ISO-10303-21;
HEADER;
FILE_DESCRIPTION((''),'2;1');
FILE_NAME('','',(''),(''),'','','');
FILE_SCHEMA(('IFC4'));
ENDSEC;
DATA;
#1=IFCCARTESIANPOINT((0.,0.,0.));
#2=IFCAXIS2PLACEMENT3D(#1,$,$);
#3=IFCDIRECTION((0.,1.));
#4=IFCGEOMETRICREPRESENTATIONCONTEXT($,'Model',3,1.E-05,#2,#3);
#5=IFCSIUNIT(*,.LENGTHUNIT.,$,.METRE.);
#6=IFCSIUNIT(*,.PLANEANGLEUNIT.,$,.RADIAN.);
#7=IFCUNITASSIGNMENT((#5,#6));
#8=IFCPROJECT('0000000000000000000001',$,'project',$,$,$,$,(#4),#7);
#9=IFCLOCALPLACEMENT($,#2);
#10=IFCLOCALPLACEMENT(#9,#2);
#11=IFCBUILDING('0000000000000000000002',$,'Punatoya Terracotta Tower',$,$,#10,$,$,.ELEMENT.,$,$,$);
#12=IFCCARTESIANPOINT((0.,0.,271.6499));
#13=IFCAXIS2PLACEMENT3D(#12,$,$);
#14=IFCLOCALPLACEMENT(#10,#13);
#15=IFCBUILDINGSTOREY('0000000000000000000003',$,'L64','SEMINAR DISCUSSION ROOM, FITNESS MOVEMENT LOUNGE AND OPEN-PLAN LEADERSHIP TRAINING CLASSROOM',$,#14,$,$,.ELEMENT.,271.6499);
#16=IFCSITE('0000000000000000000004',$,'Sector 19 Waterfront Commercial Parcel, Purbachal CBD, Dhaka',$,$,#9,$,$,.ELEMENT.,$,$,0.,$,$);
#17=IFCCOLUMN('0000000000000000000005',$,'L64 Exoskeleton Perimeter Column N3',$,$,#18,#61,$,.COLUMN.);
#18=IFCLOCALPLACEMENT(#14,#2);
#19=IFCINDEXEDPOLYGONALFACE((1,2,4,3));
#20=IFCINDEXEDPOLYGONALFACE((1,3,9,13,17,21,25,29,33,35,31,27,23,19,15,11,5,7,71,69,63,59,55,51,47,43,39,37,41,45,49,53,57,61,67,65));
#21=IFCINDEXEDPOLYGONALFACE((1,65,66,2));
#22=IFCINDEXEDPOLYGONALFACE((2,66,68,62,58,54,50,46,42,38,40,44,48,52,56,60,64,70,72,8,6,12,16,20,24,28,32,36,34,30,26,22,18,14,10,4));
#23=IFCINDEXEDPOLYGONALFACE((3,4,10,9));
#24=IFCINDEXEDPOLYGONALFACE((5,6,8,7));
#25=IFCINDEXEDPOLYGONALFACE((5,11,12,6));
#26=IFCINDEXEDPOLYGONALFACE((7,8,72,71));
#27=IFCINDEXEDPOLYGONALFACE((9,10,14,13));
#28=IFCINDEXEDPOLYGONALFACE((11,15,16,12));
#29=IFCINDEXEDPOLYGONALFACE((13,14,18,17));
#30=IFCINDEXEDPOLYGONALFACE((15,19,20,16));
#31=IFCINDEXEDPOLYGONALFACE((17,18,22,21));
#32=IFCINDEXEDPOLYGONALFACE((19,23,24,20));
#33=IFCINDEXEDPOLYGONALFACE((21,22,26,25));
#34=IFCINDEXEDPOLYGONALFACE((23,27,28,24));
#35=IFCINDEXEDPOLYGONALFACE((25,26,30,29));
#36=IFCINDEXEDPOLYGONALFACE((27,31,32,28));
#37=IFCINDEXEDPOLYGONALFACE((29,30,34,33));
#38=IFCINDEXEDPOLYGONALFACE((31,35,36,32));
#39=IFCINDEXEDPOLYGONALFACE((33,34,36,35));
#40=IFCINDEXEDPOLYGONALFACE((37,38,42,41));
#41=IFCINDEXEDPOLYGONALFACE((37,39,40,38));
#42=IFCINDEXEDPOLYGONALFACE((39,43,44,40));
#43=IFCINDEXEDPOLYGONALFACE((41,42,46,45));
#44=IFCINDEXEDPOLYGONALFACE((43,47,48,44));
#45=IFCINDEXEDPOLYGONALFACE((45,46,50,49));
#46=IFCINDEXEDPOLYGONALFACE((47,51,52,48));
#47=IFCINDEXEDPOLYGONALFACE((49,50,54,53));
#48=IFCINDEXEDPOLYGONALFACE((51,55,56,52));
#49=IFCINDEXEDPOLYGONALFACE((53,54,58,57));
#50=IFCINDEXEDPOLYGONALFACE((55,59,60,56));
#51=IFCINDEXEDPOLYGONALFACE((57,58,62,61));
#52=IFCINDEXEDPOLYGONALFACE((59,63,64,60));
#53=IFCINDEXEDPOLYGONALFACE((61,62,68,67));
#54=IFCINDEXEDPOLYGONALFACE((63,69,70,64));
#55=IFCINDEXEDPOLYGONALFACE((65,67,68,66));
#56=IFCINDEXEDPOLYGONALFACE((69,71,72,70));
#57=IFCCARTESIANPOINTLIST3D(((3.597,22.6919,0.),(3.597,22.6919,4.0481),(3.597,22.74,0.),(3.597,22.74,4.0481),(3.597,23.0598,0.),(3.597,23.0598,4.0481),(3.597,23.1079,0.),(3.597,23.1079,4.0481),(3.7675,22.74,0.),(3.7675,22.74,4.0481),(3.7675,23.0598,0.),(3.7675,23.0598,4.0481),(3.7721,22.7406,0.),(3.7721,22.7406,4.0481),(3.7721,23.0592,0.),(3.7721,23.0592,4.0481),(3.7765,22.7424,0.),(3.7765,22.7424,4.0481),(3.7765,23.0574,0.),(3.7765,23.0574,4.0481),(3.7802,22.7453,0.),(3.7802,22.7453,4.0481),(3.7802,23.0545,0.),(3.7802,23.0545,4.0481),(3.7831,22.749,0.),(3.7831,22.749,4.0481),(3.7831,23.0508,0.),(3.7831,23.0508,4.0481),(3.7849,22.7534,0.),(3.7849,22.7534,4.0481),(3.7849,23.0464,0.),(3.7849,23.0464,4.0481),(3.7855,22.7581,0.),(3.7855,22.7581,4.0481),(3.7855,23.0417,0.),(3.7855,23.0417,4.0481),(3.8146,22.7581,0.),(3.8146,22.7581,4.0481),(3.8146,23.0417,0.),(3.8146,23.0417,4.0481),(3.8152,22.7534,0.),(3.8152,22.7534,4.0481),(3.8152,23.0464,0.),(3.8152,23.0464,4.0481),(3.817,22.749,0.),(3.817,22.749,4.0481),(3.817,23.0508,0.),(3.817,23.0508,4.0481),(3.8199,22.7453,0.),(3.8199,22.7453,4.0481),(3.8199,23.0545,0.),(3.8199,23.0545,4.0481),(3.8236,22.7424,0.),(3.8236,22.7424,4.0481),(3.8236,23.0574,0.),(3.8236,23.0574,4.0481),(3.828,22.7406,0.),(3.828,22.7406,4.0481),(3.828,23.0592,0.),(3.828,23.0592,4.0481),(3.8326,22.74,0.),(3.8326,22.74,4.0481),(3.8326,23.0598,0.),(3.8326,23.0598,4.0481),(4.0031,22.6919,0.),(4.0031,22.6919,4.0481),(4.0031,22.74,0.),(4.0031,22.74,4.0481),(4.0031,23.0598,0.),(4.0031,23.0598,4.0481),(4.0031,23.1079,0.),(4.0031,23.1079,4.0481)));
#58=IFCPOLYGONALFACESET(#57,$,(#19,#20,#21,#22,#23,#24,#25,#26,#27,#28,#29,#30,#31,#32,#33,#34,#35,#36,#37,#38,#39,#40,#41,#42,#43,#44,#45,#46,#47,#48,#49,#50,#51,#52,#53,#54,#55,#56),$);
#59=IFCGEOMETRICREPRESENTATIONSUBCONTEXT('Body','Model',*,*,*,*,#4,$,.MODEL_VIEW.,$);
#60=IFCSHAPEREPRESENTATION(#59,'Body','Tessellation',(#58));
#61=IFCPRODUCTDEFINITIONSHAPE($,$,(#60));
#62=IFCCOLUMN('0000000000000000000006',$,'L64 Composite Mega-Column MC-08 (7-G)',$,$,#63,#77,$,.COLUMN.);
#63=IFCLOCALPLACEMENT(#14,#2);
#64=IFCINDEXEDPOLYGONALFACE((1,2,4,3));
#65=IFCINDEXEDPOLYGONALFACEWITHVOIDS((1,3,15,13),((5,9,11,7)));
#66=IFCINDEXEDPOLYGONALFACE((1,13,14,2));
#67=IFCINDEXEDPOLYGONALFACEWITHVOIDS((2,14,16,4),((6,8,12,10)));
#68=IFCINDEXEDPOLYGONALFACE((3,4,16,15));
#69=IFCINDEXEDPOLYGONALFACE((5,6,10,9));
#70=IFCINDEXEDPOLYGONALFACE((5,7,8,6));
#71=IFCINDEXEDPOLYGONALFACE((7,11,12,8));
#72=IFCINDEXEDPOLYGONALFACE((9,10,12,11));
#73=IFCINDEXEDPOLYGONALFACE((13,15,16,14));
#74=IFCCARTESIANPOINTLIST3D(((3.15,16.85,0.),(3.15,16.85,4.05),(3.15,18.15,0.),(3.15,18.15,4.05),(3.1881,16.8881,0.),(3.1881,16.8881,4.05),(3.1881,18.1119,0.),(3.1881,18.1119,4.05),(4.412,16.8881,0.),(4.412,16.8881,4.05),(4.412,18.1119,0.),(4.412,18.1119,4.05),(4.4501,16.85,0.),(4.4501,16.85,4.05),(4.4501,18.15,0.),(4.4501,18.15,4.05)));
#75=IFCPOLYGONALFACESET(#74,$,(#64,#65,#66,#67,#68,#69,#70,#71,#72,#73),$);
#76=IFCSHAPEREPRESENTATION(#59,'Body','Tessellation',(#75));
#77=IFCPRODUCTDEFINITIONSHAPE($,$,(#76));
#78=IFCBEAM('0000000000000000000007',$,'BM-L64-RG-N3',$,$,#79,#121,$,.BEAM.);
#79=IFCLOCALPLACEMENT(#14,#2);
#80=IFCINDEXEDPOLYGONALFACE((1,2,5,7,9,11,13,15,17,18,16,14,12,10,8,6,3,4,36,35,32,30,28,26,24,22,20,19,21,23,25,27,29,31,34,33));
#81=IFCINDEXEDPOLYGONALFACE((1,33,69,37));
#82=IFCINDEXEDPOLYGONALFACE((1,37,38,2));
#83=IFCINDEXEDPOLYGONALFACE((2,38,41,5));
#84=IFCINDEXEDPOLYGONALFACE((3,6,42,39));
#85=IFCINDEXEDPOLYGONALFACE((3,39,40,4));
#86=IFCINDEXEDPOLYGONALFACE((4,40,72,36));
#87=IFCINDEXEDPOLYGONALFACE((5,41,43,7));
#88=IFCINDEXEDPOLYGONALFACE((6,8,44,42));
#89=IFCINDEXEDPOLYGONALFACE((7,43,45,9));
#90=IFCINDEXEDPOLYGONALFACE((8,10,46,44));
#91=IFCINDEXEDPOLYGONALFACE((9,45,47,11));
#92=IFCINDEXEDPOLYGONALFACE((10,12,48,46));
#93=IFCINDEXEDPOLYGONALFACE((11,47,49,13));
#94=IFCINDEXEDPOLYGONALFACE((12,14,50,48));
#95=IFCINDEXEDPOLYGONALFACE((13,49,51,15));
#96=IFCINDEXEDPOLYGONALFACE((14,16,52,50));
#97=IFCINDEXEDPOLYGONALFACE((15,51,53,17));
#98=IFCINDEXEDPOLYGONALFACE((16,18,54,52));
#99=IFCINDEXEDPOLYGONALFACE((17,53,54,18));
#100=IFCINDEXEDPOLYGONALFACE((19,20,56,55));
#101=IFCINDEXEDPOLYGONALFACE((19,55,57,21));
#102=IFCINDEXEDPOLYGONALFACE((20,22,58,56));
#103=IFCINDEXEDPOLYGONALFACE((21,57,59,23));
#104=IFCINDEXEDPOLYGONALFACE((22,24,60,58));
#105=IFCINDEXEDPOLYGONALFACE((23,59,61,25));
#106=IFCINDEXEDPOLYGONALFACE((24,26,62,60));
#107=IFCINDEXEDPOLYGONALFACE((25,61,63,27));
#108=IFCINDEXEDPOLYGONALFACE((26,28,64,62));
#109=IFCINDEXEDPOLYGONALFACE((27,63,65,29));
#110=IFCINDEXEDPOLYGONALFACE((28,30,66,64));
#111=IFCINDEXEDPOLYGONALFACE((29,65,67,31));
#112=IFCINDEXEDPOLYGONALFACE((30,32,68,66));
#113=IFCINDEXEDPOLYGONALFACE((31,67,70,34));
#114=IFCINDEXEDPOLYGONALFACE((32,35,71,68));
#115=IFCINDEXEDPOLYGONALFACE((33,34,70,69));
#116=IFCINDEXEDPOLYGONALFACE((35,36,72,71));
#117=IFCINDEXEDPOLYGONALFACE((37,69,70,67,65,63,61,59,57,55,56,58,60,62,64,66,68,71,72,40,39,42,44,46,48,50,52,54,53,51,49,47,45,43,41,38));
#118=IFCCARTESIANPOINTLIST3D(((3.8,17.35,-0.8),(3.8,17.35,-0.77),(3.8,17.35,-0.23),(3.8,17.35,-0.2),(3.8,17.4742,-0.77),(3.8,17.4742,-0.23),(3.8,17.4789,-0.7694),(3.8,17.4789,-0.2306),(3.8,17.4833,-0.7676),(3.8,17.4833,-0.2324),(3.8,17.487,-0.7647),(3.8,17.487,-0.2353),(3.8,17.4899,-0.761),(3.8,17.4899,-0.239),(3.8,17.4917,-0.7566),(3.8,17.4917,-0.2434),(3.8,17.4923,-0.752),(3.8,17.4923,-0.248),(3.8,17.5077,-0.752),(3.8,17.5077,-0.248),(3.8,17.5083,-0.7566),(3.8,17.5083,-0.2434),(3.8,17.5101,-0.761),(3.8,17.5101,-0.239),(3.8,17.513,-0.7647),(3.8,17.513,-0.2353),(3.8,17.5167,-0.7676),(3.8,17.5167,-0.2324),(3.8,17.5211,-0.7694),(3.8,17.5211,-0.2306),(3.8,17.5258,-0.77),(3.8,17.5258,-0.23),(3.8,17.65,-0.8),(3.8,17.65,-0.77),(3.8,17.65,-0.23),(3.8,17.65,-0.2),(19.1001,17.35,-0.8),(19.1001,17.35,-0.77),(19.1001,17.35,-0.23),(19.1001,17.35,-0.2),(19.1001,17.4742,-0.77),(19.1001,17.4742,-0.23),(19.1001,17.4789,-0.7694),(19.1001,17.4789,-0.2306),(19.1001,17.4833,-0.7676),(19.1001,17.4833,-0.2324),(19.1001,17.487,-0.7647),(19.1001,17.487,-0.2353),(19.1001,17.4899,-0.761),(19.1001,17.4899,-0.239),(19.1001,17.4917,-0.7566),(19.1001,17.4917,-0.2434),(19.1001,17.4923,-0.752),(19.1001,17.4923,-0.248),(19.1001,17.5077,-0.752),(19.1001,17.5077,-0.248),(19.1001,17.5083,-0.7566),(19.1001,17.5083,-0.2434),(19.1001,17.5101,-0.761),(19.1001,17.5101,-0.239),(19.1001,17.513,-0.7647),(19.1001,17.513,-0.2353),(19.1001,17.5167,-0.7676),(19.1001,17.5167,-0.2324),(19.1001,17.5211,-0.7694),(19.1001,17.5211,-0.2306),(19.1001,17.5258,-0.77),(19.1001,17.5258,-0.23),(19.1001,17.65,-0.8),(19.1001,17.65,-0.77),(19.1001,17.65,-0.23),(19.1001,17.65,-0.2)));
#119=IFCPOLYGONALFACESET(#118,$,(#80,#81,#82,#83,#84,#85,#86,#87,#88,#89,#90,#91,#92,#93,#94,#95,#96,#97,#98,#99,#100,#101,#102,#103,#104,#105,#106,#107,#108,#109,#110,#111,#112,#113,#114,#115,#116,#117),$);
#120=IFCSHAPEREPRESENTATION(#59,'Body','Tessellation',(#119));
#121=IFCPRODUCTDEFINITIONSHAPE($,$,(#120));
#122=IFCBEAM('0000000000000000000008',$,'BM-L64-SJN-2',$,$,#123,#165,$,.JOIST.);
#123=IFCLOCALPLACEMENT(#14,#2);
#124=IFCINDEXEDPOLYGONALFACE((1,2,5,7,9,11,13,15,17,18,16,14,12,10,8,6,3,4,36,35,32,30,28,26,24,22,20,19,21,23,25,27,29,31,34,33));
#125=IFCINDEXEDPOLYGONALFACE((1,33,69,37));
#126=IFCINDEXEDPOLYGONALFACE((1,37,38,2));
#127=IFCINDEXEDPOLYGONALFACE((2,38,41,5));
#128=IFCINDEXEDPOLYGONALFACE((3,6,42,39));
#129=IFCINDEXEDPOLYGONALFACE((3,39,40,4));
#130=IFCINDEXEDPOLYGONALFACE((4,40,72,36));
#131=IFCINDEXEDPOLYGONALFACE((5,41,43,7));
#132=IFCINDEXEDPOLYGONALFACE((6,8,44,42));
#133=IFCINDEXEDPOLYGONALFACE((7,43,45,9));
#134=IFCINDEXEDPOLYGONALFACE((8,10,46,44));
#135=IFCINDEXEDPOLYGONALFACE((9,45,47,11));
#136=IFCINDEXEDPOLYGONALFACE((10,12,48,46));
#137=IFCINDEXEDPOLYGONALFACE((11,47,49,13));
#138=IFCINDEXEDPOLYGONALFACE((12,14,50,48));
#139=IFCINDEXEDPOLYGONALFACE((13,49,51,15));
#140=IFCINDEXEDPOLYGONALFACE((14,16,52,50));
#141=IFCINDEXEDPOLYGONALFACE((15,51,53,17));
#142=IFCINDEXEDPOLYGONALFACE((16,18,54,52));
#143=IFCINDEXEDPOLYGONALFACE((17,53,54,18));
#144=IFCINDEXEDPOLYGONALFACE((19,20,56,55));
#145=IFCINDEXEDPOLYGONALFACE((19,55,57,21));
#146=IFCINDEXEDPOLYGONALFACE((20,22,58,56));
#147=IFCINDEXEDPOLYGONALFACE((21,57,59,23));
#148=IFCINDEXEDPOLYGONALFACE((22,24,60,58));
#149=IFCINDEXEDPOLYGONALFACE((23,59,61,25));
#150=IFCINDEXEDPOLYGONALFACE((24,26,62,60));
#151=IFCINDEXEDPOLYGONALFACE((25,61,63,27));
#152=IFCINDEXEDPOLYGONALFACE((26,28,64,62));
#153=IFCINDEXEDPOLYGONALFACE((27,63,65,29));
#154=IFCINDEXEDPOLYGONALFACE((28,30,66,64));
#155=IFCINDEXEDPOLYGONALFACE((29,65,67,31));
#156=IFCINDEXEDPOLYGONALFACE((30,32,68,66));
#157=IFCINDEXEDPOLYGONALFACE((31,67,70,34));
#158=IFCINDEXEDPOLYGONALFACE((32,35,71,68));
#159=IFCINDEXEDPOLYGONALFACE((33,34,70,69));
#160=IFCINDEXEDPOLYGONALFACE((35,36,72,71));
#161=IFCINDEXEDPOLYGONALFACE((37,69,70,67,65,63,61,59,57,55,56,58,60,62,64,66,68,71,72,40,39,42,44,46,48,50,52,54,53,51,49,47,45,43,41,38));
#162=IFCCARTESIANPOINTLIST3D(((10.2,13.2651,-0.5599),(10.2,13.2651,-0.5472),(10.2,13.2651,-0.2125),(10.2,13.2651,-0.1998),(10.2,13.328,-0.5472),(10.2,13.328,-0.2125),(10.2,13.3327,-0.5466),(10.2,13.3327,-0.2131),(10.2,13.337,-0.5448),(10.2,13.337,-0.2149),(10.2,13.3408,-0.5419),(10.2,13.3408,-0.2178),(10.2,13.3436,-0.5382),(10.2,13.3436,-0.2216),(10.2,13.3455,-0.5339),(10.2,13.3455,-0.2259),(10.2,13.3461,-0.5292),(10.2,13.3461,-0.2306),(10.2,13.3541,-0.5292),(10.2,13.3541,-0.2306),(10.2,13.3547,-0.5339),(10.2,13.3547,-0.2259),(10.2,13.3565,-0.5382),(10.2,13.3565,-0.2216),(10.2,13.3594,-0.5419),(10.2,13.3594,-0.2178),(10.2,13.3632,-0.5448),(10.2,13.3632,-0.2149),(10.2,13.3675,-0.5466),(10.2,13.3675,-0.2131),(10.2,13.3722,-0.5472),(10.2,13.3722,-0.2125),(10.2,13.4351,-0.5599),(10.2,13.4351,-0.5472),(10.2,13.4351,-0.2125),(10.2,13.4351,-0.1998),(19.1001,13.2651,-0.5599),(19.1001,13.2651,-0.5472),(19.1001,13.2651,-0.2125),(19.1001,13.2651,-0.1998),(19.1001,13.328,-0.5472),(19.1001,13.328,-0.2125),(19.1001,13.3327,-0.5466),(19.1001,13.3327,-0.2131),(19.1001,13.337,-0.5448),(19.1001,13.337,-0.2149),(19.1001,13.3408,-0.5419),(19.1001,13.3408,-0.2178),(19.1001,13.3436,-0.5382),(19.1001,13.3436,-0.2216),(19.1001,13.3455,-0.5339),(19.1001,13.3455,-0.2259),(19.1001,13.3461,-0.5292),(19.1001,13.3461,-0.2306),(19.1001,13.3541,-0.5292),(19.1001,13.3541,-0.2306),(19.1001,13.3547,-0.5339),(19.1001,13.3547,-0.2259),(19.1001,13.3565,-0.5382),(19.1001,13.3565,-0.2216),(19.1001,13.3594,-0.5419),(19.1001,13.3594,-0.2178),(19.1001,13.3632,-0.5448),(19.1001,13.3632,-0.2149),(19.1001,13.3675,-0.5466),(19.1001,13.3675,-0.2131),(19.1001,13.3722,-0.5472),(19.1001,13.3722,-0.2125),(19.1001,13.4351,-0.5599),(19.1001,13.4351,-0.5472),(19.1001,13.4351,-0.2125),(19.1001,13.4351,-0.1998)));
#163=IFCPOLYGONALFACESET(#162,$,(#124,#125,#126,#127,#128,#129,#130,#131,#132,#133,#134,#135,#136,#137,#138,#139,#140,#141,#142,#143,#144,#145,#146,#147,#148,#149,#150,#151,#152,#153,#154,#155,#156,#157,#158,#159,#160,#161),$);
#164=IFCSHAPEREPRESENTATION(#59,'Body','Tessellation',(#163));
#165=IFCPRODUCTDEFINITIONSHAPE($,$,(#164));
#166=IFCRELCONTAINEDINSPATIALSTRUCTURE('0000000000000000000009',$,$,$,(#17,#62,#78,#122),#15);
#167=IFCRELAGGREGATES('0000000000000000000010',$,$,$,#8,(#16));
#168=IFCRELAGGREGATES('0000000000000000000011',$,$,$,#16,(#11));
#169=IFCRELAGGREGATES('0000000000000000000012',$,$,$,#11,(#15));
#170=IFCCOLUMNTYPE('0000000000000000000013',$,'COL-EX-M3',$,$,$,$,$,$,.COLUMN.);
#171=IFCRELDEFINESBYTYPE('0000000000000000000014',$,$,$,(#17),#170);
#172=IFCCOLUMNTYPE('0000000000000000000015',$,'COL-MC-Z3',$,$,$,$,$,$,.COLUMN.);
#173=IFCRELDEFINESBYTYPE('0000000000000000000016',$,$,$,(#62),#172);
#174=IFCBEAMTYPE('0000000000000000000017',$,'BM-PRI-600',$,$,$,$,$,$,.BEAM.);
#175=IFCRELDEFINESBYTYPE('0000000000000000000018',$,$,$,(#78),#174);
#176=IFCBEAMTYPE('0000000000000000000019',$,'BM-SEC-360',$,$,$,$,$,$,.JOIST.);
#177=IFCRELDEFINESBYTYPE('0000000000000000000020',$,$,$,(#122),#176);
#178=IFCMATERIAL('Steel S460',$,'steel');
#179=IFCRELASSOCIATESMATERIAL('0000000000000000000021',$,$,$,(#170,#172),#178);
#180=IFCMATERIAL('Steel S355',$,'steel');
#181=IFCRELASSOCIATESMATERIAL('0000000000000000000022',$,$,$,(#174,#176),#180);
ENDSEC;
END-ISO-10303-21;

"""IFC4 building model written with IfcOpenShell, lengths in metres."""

from ifc_helpers import new_model, si_unit, direction, frame, origin, origin_2d, place, context, subcontext, project, spatial, hollow_rectangle, i_section, extrude, material, material_profile, profile_set, type_object, element, save


model = new_model("IFC4")

# Units and contexts
model_context = context("Model", 3, precision=1e-05, world=origin(), true_north=direction((0.0, 1.0)))
body_context = subcontext(model_context, "Body", "Model", "MODEL_VIEW")
ifc_project = project(units=[si_unit("LENGTHUNIT", "METRE"), si_unit("PLANEANGLEUNIT", "RADIAN")], contexts=[model_context])

# Site, building, storey
site_placement = place(None, origin())
site = spatial("IfcSite", under=ifc_project, at=site_placement, Name="Sector 19 Waterfront Commercial Parcel, Purbachal CBD, Dhaka", CompositionType="ELEMENT", RefElevation=0.0)
building_placement = place(site_placement, origin())
building = spatial("IfcBuilding", under=site, at=building_placement, Name="Punatoya Terracotta Tower", CompositionType="ELEMENT")
storey_placement = place(building_placement, frame((0.0, 0.0, 271.6499)))
storey = spatial("IfcBuildingStorey", under=building, at=storey_placement, Name="L64", Description="SEMINAR DISCUSSION ROOM, FITNESS MOVEMENT LOUNGE AND OPEN-PLAN LEADERSHIP TRAINING CLASSROOM", CompositionType="ELEMENT", Elevation=271.6499)

# Columns
ifc_material_1 = material(Name="Steel S460", Category="steel")
ifc_material_profile_1 = material_profile(ifc_material_1, i_section(OverallWidth=0.406, OverallDepth=0.416, WebThickness=0.0291, FlangeThickness=0.0481, FilletRadius=0.0181, at=origin_2d()))
ifc_profile_set_1 = profile_set([ifc_material_profile_1], Name="Steel S460")
column_type_1 = type_object("IfcColumnType", Name="COL-EX-M3", PredefinedType="COLUMN", material=ifc_profile_set_1)
column_1_placement = place(storey_placement, frame((3.8, 22.8999, 0.0), z_axis=(0.0, 0.0, 1.0), x_axis=(1.0, 0.0, 0.0)))
element("IfcColumn", 1, at=column_1_placement, inside=storey, type_object=column_type_1, Name="L64 Exoskeleton Perimeter Column N3", PredefinedType="COLUMN", context=body_context, shape_type="SweptSolid", body=[
    extrude(i_section(OverallWidth=0.406, OverallDepth=0.416, WebThickness=0.0291, FlangeThickness=0.0481, FilletRadius=0.0181, at=origin_2d()), origin(), (0.0, 0.0, 1.0), 4.0481),
])
ifc_material_profile_2 = material_profile(ifc_material_1, hollow_rectangle(XDim=1.3, YDim=1.3, WallThickness=0.0381, at=origin_2d()))
ifc_profile_set_2 = profile_set([ifc_material_profile_2], Name="Steel S460")
column_type_2 = type_object("IfcColumnType", Name="COL-MC-Z3", PredefinedType="COLUMN", material=ifc_profile_set_2)
column_2_placement = place(storey_placement, frame((3.8, 17.5, 0.0), z_axis=(0.0, 0.0, 1.0), x_axis=(1.0, 0.0, 0.0)))
element("IfcColumn", 2, at=column_2_placement, inside=storey, type_object=column_type_2, Name="L64 Composite Mega-Column MC-08 (7-G)", PredefinedType="COLUMN", context=body_context, shape_type="SweptSolid", body=[
    extrude(hollow_rectangle(XDim=1.3, YDim=1.3, WallThickness=0.0381, at=origin_2d()), origin(), (0.0, 0.0, 1.0), 4.05),
])

# Beams
ifc_material_2 = material(Name="Steel S355", Category="steel")
ifc_material_profile_3 = material_profile(ifc_material_2, i_section(OverallWidth=0.3, OverallDepth=0.6001, WebThickness=0.0154, FlangeThickness=0.03, FilletRadius=0.0181, at=origin_2d()))
ifc_profile_set_3 = profile_set([ifc_material_profile_3], Name="Steel S355")
beam_type_1 = type_object("IfcBeamType", Name="BM-PRI-600", PredefinedType="BEAM", material=ifc_profile_set_3)
beam_1_placement = place(storey_placement, frame((3.8, 17.5, -0.5), z_axis=(1.0, 0.0, 0.0), x_axis=(0.0, 1.0, 0.0)))
element("IfcBeam", 3, at=beam_1_placement, inside=storey, type_object=beam_type_1, Name="BM-L64-RG-N3", PredefinedType="BEAM", context=body_context, shape_type="SweptSolid", body=[
    extrude(i_section(OverallWidth=0.3, OverallDepth=0.6001, WebThickness=0.0154, FlangeThickness=0.03, FilletRadius=0.0181, at=origin_2d()), origin(), (0.0, 0.0, 1.0), 15.3),
])
ifc_material_profile_4 = material_profile(ifc_material_2, i_section(OverallWidth=0.1699, OverallDepth=0.3601, WebThickness=0.0081, FlangeThickness=0.0127, FilletRadius=0.0181, at=origin_2d()))
ifc_profile_set_4 = profile_set([ifc_material_profile_4], Name="Steel S355")
beam_type_2 = type_object("IfcBeamType", Name="BM-SEC-360", PredefinedType="JOIST", material=ifc_profile_set_4)
beam_2_placement = place(storey_placement, frame((10.2, 13.3501, -0.3799), z_axis=(1.0, 0.0, 0.0), x_axis=(0.0, 1.0, 0.0)))
element("IfcBeam", 4, at=beam_2_placement, inside=storey, type_object=beam_type_2, Name="BM-L64-SJN-2", PredefinedType="JOIST", context=body_context, shape_type="SweptSolid", body=[
    extrude(i_section(OverallWidth=0.1699, OverallDepth=0.3601, WebThickness=0.0081, FlangeThickness=0.0127, FilletRadius=0.0181, at=origin_2d()), origin(), (0.0, 0.0, 1.0), 8.9001),
])

save(model, "model.ifc")
